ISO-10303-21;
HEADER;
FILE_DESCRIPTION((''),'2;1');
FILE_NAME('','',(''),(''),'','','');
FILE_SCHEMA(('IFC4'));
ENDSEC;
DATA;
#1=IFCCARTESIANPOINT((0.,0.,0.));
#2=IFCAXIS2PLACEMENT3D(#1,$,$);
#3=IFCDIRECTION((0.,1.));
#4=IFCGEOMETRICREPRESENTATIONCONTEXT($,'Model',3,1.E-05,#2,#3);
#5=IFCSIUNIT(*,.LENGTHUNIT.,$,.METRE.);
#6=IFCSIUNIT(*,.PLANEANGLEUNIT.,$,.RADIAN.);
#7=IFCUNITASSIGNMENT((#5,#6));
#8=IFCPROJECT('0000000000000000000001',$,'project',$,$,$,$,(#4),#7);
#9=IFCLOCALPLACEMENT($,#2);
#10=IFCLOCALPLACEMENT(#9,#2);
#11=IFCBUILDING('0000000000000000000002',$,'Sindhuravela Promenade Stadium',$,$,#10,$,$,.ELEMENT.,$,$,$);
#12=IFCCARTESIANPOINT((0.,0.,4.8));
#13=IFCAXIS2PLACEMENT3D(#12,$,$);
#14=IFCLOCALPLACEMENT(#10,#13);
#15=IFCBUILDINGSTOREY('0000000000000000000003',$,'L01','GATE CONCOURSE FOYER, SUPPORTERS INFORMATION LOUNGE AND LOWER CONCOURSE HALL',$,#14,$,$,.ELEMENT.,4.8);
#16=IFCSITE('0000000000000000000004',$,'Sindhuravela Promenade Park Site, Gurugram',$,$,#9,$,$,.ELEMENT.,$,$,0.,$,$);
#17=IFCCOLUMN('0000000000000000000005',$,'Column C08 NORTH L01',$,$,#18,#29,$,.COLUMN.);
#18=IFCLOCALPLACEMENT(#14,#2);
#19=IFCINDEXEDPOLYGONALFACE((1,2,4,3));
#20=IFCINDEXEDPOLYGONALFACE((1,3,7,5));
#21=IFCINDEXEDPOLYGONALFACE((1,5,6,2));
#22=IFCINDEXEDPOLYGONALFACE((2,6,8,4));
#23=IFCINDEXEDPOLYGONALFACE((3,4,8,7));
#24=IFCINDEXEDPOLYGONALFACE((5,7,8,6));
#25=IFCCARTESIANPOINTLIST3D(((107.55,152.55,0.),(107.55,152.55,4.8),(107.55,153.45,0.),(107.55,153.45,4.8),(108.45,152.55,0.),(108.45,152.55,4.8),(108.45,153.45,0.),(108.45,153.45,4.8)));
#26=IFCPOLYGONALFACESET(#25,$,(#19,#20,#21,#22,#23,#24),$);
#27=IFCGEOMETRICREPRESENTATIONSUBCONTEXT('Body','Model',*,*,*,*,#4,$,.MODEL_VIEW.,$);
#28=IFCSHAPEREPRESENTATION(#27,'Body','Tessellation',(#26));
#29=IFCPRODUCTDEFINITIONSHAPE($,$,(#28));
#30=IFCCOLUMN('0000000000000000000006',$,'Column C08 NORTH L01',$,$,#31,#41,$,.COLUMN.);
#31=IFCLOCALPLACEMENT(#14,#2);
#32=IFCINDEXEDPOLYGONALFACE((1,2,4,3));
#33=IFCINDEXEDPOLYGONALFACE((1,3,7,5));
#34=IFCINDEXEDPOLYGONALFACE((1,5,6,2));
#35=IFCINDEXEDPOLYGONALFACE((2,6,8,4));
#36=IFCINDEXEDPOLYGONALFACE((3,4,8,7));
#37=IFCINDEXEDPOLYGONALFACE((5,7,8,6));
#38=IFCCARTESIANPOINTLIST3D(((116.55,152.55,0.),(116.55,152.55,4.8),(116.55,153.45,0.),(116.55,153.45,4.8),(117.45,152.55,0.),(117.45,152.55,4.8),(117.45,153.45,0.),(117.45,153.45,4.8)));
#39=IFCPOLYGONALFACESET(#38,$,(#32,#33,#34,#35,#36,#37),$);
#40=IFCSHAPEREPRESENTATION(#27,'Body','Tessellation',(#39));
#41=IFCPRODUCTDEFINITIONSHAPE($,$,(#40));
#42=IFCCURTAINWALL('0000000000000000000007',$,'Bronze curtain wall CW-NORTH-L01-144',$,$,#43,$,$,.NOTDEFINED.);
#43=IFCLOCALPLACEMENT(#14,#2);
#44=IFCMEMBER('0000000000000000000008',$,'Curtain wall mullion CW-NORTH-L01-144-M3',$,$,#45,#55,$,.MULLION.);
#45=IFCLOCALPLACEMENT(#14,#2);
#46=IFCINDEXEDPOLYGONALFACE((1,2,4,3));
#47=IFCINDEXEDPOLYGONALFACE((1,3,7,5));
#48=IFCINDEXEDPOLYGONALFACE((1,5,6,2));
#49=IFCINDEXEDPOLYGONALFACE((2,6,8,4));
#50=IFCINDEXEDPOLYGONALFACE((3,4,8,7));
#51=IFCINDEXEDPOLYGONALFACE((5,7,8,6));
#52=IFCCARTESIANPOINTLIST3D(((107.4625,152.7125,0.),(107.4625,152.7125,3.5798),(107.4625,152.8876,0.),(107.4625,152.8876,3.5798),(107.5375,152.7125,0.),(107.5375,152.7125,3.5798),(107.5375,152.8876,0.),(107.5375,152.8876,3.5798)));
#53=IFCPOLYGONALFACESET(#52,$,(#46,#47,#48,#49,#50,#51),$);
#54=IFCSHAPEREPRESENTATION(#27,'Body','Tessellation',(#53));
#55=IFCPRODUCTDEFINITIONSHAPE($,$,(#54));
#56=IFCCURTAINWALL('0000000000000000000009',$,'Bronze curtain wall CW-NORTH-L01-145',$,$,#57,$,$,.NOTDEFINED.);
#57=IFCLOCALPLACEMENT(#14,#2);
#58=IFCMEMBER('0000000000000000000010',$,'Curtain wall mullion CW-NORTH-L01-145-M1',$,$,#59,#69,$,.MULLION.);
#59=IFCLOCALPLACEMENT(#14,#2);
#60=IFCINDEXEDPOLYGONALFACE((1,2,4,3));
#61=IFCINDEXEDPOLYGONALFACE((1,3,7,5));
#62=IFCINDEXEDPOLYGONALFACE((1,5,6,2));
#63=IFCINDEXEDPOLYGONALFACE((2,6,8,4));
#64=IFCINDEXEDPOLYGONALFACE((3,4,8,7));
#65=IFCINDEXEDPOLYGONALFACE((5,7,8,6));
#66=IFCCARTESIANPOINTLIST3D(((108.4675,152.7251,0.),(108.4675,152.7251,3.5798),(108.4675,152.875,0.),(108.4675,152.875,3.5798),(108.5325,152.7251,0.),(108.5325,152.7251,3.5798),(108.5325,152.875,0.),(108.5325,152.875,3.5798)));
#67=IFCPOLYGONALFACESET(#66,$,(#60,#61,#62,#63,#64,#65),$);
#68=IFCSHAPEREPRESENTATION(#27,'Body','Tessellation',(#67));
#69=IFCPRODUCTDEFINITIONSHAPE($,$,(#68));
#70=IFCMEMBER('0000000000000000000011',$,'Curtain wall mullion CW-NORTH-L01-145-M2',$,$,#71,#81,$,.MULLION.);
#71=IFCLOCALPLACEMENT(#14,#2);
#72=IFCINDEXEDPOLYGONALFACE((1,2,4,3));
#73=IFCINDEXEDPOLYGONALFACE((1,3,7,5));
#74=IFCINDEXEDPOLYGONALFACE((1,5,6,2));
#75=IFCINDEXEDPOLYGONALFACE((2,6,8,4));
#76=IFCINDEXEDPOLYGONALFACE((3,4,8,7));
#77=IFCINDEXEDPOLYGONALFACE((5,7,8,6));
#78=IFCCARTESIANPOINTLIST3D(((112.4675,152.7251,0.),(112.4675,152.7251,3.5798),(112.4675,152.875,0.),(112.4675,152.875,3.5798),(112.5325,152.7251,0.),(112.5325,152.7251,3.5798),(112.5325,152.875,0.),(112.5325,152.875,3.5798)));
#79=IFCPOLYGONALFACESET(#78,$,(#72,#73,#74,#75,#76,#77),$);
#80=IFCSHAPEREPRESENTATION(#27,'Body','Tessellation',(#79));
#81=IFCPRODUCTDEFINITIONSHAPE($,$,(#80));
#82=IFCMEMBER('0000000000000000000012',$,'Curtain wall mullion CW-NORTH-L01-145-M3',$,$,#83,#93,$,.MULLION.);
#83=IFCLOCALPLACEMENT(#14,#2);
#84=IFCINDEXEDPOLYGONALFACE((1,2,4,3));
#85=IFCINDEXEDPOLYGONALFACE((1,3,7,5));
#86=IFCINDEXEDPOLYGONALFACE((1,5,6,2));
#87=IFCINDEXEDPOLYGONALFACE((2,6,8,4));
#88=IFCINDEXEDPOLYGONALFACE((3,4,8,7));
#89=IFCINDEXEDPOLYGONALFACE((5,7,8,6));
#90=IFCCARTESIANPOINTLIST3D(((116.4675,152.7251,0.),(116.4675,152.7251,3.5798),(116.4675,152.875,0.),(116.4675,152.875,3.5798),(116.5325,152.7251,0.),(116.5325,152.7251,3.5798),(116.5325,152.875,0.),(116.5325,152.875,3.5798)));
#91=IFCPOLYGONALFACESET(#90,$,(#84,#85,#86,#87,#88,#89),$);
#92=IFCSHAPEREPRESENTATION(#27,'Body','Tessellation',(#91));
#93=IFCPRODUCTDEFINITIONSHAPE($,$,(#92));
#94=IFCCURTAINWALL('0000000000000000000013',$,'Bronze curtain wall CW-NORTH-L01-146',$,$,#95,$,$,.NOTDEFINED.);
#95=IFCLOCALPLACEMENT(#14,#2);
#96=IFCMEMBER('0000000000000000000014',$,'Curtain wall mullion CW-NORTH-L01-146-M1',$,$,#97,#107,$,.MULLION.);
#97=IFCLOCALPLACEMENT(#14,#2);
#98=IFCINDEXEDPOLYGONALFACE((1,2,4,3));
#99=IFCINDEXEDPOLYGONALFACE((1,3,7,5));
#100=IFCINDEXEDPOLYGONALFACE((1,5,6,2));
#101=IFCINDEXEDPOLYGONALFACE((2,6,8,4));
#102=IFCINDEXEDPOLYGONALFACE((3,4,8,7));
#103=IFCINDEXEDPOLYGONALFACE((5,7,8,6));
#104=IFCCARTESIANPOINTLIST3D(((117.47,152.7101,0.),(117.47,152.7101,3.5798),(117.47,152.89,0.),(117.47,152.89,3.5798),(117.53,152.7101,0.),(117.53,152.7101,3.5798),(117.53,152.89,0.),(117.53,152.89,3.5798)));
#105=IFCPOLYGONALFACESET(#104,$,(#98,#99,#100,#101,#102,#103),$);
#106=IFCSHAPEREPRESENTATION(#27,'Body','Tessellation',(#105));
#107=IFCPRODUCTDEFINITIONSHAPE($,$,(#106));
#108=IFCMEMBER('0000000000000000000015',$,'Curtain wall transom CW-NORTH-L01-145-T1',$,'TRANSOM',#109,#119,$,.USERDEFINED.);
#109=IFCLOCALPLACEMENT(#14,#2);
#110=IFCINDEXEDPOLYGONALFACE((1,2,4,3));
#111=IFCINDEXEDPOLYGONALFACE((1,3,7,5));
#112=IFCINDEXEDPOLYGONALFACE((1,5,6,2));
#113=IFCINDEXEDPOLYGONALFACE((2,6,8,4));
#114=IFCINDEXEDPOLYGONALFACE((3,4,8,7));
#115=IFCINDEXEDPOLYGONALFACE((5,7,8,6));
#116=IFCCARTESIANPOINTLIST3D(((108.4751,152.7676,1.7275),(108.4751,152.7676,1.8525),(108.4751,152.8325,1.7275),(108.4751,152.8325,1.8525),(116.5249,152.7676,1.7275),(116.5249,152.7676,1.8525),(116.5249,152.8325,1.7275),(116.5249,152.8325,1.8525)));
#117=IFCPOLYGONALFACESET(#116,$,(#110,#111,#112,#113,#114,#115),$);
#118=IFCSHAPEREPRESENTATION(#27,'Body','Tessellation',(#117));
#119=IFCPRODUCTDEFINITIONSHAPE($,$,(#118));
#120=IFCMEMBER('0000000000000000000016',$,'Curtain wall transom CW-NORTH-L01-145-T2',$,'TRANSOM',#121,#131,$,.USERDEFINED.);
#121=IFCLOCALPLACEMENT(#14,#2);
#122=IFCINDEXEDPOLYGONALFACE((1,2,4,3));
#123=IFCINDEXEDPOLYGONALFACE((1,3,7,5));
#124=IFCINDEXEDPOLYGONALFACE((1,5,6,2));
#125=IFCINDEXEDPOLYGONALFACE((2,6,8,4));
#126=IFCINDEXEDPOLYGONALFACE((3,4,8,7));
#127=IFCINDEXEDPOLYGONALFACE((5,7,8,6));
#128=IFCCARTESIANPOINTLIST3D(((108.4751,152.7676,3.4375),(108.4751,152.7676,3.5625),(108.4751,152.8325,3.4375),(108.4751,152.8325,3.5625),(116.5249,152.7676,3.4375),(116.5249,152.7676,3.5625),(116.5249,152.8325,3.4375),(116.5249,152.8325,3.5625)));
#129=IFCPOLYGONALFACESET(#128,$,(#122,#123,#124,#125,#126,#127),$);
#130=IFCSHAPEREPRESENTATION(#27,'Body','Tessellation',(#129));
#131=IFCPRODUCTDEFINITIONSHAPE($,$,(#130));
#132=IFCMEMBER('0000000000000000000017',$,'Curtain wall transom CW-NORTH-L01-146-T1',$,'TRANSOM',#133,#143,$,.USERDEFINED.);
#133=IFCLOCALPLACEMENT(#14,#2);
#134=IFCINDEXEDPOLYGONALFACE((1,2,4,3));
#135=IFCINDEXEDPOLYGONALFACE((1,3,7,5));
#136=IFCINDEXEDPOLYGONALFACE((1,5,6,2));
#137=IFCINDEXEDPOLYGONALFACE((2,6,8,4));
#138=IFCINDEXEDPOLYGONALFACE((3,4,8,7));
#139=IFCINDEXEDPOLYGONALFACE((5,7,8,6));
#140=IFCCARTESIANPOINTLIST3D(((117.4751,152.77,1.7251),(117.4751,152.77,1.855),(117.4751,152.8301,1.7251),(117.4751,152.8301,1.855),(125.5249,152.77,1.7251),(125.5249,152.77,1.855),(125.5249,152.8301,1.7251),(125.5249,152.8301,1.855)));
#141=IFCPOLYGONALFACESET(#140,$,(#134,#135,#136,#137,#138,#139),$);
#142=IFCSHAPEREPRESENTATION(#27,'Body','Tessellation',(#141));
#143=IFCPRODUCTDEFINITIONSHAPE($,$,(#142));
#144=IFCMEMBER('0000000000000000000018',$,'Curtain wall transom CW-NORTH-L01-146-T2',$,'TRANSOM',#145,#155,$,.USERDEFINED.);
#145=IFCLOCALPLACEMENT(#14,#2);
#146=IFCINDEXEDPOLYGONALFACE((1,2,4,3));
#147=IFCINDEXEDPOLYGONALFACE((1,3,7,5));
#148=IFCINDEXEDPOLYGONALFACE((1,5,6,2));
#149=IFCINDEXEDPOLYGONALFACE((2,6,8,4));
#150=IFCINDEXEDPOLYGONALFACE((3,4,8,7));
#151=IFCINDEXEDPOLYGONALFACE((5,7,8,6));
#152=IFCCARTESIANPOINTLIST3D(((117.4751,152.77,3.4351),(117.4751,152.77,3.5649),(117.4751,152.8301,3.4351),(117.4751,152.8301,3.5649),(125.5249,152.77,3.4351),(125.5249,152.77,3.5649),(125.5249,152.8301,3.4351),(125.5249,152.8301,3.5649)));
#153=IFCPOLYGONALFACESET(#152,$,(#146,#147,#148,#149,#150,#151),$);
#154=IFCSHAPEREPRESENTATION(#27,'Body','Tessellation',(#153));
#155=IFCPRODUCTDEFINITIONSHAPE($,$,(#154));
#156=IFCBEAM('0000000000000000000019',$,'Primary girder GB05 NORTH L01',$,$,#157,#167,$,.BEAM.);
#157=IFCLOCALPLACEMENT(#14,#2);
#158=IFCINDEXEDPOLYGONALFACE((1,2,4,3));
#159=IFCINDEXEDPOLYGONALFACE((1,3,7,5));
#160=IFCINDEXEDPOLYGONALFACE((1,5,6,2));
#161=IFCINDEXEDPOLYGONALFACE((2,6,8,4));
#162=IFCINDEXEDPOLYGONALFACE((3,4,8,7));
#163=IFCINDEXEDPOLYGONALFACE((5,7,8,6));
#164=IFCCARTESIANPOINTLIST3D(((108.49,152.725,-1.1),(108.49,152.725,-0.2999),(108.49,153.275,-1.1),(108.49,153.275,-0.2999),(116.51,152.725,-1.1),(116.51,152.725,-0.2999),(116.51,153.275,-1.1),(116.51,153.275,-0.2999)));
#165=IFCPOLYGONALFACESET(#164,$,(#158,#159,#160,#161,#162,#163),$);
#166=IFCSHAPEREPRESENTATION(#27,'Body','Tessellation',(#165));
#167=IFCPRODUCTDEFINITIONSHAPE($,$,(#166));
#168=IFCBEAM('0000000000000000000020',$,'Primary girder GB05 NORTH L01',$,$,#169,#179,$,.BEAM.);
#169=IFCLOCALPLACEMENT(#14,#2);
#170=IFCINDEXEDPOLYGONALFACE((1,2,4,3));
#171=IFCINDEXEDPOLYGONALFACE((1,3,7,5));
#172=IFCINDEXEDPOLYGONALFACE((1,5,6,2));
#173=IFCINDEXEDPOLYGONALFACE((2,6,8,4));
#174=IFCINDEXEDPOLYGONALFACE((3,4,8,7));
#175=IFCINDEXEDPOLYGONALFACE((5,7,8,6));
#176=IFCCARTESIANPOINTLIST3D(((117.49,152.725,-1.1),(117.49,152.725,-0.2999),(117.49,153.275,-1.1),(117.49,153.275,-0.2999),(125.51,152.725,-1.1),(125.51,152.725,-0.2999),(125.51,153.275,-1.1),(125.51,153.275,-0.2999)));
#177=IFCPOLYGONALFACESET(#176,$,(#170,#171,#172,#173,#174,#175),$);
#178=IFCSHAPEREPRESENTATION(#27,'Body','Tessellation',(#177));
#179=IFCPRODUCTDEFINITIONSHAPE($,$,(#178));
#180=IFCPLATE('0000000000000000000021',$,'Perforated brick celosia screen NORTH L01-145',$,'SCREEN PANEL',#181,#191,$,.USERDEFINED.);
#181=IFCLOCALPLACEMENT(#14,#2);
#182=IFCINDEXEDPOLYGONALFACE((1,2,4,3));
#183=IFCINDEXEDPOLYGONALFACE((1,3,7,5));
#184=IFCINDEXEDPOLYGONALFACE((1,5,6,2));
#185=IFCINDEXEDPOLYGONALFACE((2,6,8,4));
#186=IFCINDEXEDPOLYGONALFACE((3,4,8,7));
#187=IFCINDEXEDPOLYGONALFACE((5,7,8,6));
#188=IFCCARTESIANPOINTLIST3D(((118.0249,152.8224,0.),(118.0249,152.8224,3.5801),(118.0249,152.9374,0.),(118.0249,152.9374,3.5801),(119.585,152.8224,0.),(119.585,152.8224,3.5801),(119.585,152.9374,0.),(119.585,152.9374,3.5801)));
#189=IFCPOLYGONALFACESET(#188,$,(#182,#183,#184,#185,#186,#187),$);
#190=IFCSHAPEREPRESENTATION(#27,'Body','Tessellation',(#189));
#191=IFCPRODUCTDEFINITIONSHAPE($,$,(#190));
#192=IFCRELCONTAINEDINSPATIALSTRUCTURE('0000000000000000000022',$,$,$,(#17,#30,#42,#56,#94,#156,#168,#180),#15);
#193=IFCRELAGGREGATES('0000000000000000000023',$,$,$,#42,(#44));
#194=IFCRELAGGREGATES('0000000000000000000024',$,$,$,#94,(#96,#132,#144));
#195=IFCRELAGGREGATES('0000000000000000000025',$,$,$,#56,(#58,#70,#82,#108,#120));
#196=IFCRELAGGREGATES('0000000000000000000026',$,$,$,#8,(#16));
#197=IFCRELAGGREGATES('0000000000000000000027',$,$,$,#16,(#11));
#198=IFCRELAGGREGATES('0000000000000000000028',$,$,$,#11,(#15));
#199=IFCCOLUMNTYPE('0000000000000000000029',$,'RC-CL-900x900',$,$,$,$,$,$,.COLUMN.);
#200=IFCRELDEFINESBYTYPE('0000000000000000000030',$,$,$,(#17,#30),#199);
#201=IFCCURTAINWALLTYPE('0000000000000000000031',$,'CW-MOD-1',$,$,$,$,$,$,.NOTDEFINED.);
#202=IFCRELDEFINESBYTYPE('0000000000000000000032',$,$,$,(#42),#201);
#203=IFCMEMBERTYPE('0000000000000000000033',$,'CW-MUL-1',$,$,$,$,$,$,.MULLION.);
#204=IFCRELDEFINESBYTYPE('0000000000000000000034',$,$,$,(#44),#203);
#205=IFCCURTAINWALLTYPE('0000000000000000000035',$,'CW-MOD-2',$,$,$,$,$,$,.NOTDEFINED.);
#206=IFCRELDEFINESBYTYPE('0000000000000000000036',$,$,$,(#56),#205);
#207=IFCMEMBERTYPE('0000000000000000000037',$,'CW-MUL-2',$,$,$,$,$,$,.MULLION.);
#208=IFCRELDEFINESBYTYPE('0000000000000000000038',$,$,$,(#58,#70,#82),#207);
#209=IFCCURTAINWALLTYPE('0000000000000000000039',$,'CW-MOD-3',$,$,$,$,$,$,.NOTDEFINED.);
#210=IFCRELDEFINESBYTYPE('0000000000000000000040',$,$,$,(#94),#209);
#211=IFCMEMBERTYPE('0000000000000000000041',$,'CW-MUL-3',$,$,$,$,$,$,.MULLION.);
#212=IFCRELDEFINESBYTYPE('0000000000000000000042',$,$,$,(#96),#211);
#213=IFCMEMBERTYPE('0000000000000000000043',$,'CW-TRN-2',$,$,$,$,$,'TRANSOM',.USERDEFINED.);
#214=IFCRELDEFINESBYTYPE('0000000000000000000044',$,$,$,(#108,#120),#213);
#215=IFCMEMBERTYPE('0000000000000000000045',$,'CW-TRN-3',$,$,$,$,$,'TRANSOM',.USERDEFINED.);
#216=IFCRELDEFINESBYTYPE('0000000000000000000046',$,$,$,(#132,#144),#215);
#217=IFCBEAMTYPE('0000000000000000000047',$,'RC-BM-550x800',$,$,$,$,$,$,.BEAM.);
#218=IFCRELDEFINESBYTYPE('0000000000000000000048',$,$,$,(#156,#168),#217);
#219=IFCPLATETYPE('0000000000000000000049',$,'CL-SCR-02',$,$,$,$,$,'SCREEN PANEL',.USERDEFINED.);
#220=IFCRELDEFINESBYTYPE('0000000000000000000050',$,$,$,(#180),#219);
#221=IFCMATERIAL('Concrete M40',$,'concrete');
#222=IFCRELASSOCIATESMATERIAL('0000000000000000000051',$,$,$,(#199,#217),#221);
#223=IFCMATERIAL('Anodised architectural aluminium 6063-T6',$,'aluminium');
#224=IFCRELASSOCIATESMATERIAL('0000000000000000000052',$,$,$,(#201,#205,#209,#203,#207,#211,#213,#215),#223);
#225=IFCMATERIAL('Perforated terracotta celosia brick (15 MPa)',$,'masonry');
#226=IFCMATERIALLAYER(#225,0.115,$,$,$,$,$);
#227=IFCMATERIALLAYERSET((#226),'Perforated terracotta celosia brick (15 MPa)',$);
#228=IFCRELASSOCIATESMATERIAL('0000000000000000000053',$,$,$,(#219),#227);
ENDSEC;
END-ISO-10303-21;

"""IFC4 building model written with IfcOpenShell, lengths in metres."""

from ifc_helpers import new_model, si_unit, direction, frame, origin, origin_2d, place, context, subcontext, project, spatial, rectangle, extrude, material, layer, layer_set, material_profile, profile_set, type_object, element, aggregate, save


model = new_model("IFC4")

# Units and contexts
model_context = context("Model", 3, precision=1e-05, world=origin(), true_north=direction((0.0, 1.0)))
body_context = subcontext(model_context, "Body", "Model", "MODEL_VIEW")
ifc_project = project(units=[si_unit("LENGTHUNIT", "METRE"), si_unit("PLANEANGLEUNIT", "RADIAN")], contexts=[model_context])

# Site, building, storey
site_placement = place(None, origin())
site = spatial("IfcSite", under=ifc_project, at=site_placement, Name="Sindhuravela Promenade Park Site, Gurugram", CompositionType="ELEMENT", RefElevation=0.0)
building_placement = place(site_placement, origin())
building = spatial("IfcBuilding", under=site, at=building_placement, Name="Sindhuravela Promenade Stadium", CompositionType="ELEMENT")
storey_placement = place(building_placement, frame((0.0, 0.0, 4.8)))
storey = spatial("IfcBuildingStorey", under=building, at=storey_placement, Name="L01", Description="GATE CONCOURSE FOYER, SUPPORTERS INFORMATION LOUNGE AND LOWER CONCOURSE HALL", CompositionType="ELEMENT", Elevation=4.8)

# Columns
ifc_material_1 = material(Name="Concrete M40", Category="concrete")
ifc_material_profile_1 = material_profile(ifc_material_1, rectangle(XDim=0.8999, YDim=0.8999, at=origin_2d()), Name="RC 900x900")
ifc_profile_set_1 = profile_set([ifc_material_profile_1], Name="Concrete M40")
column_type = type_object("IfcColumnType", Name="RC-CL-900x900", PredefinedType="COLUMN", material=ifc_profile_set_1)
for number, where, z_axis, x_axis, name in (
    (1, (108.0, 153.0, 0.0), (0.0, 0.0, 1.0), (1.0, 0.0, 0.0), "Column C08 NORTH L01"),
    (2, (117.0, 153.0, 0.0), (0.0, 0.0, 1.0), (1.0, 0.0, 0.0), "Column C08 NORTH L01"),
):
    element("IfcColumn", number, at=place(storey_placement, frame(where, z_axis=z_axis, x_axis=x_axis)), inside=storey, type_object=column_type, Name=name, PredefinedType="COLUMN", context=body_context, shape_type="SweptSolid", body=[
        extrude(rectangle(XDim=0.8999, YDim=0.8999, at=origin_2d()), origin(), (0.0, 0.0, 1.0), 4.8),
    ])

# Curtain wall, member
ifc_material_2 = material(Name="Anodised architectural aluminium 6063-T6", Category="aluminium")
curtain_wall_type_1 = type_object("IfcCurtainWallType", Name="CW-MOD-1", PredefinedType="NOTDEFINED", material=ifc_material_2)
curtain_wall_1_placement = place(storey_placement, origin())
curtain_wall_1 = element("IfcCurtainWall", 3, at=curtain_wall_1_placement, inside=storey, type_object=curtain_wall_type_1, Name="Bronze curtain wall CW-NORTH-L01-144", PredefinedType="NOTDEFINED")
ifc_material_profile_2 = material_profile(ifc_material_2, rectangle(XDim=0.075, YDim=0.175, at=origin_2d()), Name="ALU MULL 75x175")
ifc_profile_set_2 = profile_set([ifc_material_profile_2], Name="Anodised architectural aluminium 6063-T6")
member_type_1 = type_object("IfcMemberType", Name="CW-MUL-1", PredefinedType="MULLION", material=ifc_profile_set_2)
member_1_placement = place(storey_placement, frame((107.5, 152.8, 0.0), z_axis=(0.0, 0.0, 1.0), x_axis=(1.0, 0.0, 0.0)))
member_1 = element("IfcMember", 4, at=member_1_placement, type_object=member_type_1, Name="Curtain wall mullion CW-NORTH-L01-144-M3", PredefinedType="MULLION", context=body_context, shape_type="SweptSolid", body=[
    extrude(rectangle(XDim=0.075, YDim=0.175, at=origin_2d()), origin(), (0.0, 0.0, 1.0), 3.5798),
])
aggregate(curtain_wall_1, [member_1])

# Curtain wall, members
curtain_wall_type_2 = type_object("IfcCurtainWallType", Name="CW-MOD-2", PredefinedType="NOTDEFINED", material=ifc_material_2)
curtain_wall_2_placement = place(storey_placement, origin())
curtain_wall_2 = element("IfcCurtainWall", 5, at=curtain_wall_2_placement, inside=storey, type_object=curtain_wall_type_2, Name="Bronze curtain wall CW-NORTH-L01-145", PredefinedType="NOTDEFINED")
ifc_material_profile_3 = material_profile(ifc_material_2, rectangle(XDim=0.0649, YDim=0.1499, at=origin_2d()), Name="ALU MULL 65x150")
ifc_profile_set_3 = profile_set([ifc_material_profile_3], Name="Anodised architectural aluminium 6063-T6")
member_type_2 = type_object("IfcMemberType", Name="CW-MUL-2", PredefinedType="MULLION", material=ifc_profile_set_3)
member_2_placement = place(storey_placement, frame((108.5, 152.8, 0.0), z_axis=(0.0, 0.0, 1.0), x_axis=(1.0, 0.0, 0.0)))
member_2 = element("IfcMember", 6, at=member_2_placement, type_object=member_type_2, Name="Curtain wall mullion CW-NORTH-L01-145-M1", PredefinedType="MULLION", context=body_context, shape_type="SweptSolid", body=[
    extrude(rectangle(XDim=0.0649, YDim=0.1499, at=origin_2d()), origin(), (0.0, 0.0, 1.0), 3.5798),
])
member_3_placement = place(storey_placement, frame((112.5, 152.8, 0.0), z_axis=(0.0, 0.0, 1.0), x_axis=(1.0, 0.0, 0.0)))
member_3 = element("IfcMember", 7, at=member_3_placement, type_object=member_type_2, Name="Curtain wall mullion CW-NORTH-L01-145-M2", PredefinedType="MULLION", context=body_context, shape_type="SweptSolid", body=[
    extrude(rectangle(XDim=0.0649, YDim=0.1499, at=origin_2d()), origin(), (0.0, 0.0, 1.0), 3.5798),
])
member_4_placement = place(storey_placement, frame((116.5, 152.8, 0.0), z_axis=(0.0, 0.0, 1.0), x_axis=(1.0, 0.0, 0.0)))
member_4 = element("IfcMember", 8, at=member_4_placement, type_object=member_type_2, Name="Curtain wall mullion CW-NORTH-L01-145-M3", PredefinedType="MULLION", context=body_context, shape_type="SweptSolid", body=[
    extrude(rectangle(XDim=0.0649, YDim=0.1499, at=origin_2d()), origin(), (0.0, 0.0, 1.0), 3.5798),
])

# Curtain wall, member
curtain_wall_type_3 = type_object("IfcCurtainWallType", Name="CW-MOD-3", PredefinedType="NOTDEFINED", material=ifc_material_2)
curtain_wall_3_placement = place(storey_placement, origin())
curtain_wall_3 = element("IfcCurtainWall", 9, at=curtain_wall_3_placement, inside=storey, type_object=curtain_wall_type_3, Name="Bronze curtain wall CW-NORTH-L01-146", PredefinedType="NOTDEFINED")
ifc_material_profile_4 = material_profile(ifc_material_2, rectangle(XDim=0.0601, YDim=0.1799, at=origin_2d()), Name="ALU M60x180")
ifc_profile_set_4 = profile_set([ifc_material_profile_4], Name="Anodised architectural aluminium 6063-T6")
member_type_3 = type_object("IfcMemberType", Name="CW-MUL-3", PredefinedType="MULLION", material=ifc_profile_set_4)
member_5_placement = place(storey_placement, frame((117.5, 152.8, 0.0), z_axis=(0.0, 0.0, 1.0), x_axis=(1.0, 0.0, 0.0)))
member_5 = element("IfcMember", 10, at=member_5_placement, type_object=member_type_3, Name="Curtain wall mullion CW-NORTH-L01-146-M1", PredefinedType="MULLION", context=body_context, shape_type="SweptSolid", body=[
    extrude(rectangle(XDim=0.0601, YDim=0.1799, at=origin_2d()), origin(), (0.0, 0.0, 1.0), 3.5798),
])

# Members
ifc_material_profile_5 = material_profile(ifc_material_2, rectangle(XDim=0.0649, YDim=0.125, at=origin_2d()), Name="ALU TRAN 65x125")
ifc_profile_set_5 = profile_set([ifc_material_profile_5], Name="Anodised architectural aluminium 6063-T6")
member_type_4 = type_object("IfcMemberType", Name="CW-TRN-2", ElementType="TRANSOM", PredefinedType="USERDEFINED", material=ifc_profile_set_5)
member_6_placement = place(storey_placement, frame((108.4751, 152.8, 1.79), z_axis=(1.0, 0.0, 0.0), x_axis=(0.0, 1.0, 0.0)))
member_6 = element("IfcMember", 11, at=member_6_placement, type_object=member_type_4, Name="Curtain wall transom CW-NORTH-L01-145-T1", ObjectType="TRANSOM", PredefinedType="USERDEFINED", context=body_context, shape_type="SweptSolid", body=[
    extrude(rectangle(XDim=0.0649, YDim=0.125, at=origin_2d()), origin(), (0.0, 0.0, 1.0), 8.0498),
])
member_7_placement = place(storey_placement, frame((108.4751, 152.8, 3.5), z_axis=(1.0, 0.0, 0.0), x_axis=(0.0, 1.0, 0.0)))
member_7 = element("IfcMember", 12, at=member_7_placement, type_object=member_type_4, Name="Curtain wall transom CW-NORTH-L01-145-T2", ObjectType="TRANSOM", PredefinedType="USERDEFINED", context=body_context, shape_type="SweptSolid", body=[
    extrude(rectangle(XDim=0.0649, YDim=0.125, at=origin_2d()), origin(), (0.0, 0.0, 1.0), 8.0498),
])
ifc_material_profile_6 = material_profile(ifc_material_2, rectangle(XDim=0.0601, YDim=0.1299, at=origin_2d()), Name="ALU T60x130")
ifc_profile_set_6 = profile_set([ifc_material_profile_6], Name="Anodised architectural aluminium 6063-T6")
member_type_5 = type_object("IfcMemberType", Name="CW-TRN-3", ElementType="TRANSOM", PredefinedType="USERDEFINED", material=ifc_profile_set_6)
member_8_placement = place(storey_placement, frame((117.4751, 152.8, 1.79), z_axis=(1.0, 0.0, 0.0), x_axis=(0.0, 1.0, 0.0)))
member_8 = element("IfcMember", 13, at=member_8_placement, type_object=member_type_5, Name="Curtain wall transom CW-NORTH-L01-146-T1", ObjectType="TRANSOM", PredefinedType="USERDEFINED", context=body_context, shape_type="SweptSolid", body=[
    extrude(rectangle(XDim=0.0601, YDim=0.1299, at=origin_2d()), origin(), (0.0, 0.0, 1.0), 8.0498),
])
member_9_placement = place(storey_placement, frame((117.4751, 152.8, 3.5), z_axis=(1.0, 0.0, 0.0), x_axis=(0.0, 1.0, 0.0)))
member_9 = element("IfcMember", 14, at=member_9_placement, type_object=member_type_5, Name="Curtain wall transom CW-NORTH-L01-146-T2", ObjectType="TRANSOM", PredefinedType="USERDEFINED", context=body_context, shape_type="SweptSolid", body=[
    extrude(rectangle(XDim=0.0601, YDim=0.1299, at=origin_2d()), origin(), (0.0, 0.0, 1.0), 8.0498),
])

# Beams
ifc_material_profile_7 = material_profile(ifc_material_1, rectangle(XDim=0.55, YDim=0.8, at=origin_2d()), Name="RC 550x800")
ifc_profile_set_7 = profile_set([ifc_material_profile_7], Name="Concrete M40")
beam_type = type_object("IfcBeamType", Name="RC-BM-550x800", PredefinedType="BEAM", material=ifc_profile_set_7)
for number, where, z_axis, x_axis, name in (
    (15, (108.49, 153.0, -0.7), (1.0, 0.0, 0.0), (0.0, 1.0, 0.0), "Primary girder GB05 NORTH L01"),
    (16, (117.49, 153.0, -0.7), (1.0, 0.0, 0.0), (0.0, 1.0, 0.0), "Primary girder GB05 NORTH L01"),
):
    element("IfcBeam", number, at=place(storey_placement, frame(where, z_axis=z_axis, x_axis=x_axis)), inside=storey, type_object=beam_type, Name=name, PredefinedType="BEAM", context=body_context, shape_type="SweptSolid", body=[
        extrude(rectangle(XDim=0.55, YDim=0.8, at=origin_2d()), origin(), (0.0, 0.0, 1.0), 8.02),
    ])

# Plate
ifc_material_3 = material(Name="Perforated terracotta celosia brick (15 MPa)", Category="masonry")
ifc_layer_1 = layer(ifc_material_3, 0.115)
ifc_layer_set_1 = layer_set([ifc_layer_1], Name="Perforated terracotta celosia brick (15 MPa)")
plate_type_1 = type_object("IfcPlateType", Name="CL-SCR-02", ElementType="SCREEN PANEL", PredefinedType="USERDEFINED", material=ifc_layer_set_1)
plate_1_placement = place(storey_placement, frame((118.8049, 152.8799, 0.0), z_axis=(0.0, 0.0, 1.0), x_axis=(1.0, 0.0, 0.0)))
element("IfcPlate", 17, at=plate_1_placement, inside=storey, type_object=plate_type_1, Name="Perforated brick celosia screen NORTH L01-145", ObjectType="SCREEN PANEL", PredefinedType="USERDEFINED", context=body_context, shape_type="SweptSolid", body=[
    extrude(rectangle(XDim=1.5601, YDim=0.115, at=origin_2d()), origin(), (0.0, 0.0, 1.0), 3.5801),
])
aggregate(curtain_wall_3, [member_5, member_8, member_9])
aggregate(curtain_wall_2, [member_2, member_3, member_4, member_6, member_7])

save(model, "model.ifc")
